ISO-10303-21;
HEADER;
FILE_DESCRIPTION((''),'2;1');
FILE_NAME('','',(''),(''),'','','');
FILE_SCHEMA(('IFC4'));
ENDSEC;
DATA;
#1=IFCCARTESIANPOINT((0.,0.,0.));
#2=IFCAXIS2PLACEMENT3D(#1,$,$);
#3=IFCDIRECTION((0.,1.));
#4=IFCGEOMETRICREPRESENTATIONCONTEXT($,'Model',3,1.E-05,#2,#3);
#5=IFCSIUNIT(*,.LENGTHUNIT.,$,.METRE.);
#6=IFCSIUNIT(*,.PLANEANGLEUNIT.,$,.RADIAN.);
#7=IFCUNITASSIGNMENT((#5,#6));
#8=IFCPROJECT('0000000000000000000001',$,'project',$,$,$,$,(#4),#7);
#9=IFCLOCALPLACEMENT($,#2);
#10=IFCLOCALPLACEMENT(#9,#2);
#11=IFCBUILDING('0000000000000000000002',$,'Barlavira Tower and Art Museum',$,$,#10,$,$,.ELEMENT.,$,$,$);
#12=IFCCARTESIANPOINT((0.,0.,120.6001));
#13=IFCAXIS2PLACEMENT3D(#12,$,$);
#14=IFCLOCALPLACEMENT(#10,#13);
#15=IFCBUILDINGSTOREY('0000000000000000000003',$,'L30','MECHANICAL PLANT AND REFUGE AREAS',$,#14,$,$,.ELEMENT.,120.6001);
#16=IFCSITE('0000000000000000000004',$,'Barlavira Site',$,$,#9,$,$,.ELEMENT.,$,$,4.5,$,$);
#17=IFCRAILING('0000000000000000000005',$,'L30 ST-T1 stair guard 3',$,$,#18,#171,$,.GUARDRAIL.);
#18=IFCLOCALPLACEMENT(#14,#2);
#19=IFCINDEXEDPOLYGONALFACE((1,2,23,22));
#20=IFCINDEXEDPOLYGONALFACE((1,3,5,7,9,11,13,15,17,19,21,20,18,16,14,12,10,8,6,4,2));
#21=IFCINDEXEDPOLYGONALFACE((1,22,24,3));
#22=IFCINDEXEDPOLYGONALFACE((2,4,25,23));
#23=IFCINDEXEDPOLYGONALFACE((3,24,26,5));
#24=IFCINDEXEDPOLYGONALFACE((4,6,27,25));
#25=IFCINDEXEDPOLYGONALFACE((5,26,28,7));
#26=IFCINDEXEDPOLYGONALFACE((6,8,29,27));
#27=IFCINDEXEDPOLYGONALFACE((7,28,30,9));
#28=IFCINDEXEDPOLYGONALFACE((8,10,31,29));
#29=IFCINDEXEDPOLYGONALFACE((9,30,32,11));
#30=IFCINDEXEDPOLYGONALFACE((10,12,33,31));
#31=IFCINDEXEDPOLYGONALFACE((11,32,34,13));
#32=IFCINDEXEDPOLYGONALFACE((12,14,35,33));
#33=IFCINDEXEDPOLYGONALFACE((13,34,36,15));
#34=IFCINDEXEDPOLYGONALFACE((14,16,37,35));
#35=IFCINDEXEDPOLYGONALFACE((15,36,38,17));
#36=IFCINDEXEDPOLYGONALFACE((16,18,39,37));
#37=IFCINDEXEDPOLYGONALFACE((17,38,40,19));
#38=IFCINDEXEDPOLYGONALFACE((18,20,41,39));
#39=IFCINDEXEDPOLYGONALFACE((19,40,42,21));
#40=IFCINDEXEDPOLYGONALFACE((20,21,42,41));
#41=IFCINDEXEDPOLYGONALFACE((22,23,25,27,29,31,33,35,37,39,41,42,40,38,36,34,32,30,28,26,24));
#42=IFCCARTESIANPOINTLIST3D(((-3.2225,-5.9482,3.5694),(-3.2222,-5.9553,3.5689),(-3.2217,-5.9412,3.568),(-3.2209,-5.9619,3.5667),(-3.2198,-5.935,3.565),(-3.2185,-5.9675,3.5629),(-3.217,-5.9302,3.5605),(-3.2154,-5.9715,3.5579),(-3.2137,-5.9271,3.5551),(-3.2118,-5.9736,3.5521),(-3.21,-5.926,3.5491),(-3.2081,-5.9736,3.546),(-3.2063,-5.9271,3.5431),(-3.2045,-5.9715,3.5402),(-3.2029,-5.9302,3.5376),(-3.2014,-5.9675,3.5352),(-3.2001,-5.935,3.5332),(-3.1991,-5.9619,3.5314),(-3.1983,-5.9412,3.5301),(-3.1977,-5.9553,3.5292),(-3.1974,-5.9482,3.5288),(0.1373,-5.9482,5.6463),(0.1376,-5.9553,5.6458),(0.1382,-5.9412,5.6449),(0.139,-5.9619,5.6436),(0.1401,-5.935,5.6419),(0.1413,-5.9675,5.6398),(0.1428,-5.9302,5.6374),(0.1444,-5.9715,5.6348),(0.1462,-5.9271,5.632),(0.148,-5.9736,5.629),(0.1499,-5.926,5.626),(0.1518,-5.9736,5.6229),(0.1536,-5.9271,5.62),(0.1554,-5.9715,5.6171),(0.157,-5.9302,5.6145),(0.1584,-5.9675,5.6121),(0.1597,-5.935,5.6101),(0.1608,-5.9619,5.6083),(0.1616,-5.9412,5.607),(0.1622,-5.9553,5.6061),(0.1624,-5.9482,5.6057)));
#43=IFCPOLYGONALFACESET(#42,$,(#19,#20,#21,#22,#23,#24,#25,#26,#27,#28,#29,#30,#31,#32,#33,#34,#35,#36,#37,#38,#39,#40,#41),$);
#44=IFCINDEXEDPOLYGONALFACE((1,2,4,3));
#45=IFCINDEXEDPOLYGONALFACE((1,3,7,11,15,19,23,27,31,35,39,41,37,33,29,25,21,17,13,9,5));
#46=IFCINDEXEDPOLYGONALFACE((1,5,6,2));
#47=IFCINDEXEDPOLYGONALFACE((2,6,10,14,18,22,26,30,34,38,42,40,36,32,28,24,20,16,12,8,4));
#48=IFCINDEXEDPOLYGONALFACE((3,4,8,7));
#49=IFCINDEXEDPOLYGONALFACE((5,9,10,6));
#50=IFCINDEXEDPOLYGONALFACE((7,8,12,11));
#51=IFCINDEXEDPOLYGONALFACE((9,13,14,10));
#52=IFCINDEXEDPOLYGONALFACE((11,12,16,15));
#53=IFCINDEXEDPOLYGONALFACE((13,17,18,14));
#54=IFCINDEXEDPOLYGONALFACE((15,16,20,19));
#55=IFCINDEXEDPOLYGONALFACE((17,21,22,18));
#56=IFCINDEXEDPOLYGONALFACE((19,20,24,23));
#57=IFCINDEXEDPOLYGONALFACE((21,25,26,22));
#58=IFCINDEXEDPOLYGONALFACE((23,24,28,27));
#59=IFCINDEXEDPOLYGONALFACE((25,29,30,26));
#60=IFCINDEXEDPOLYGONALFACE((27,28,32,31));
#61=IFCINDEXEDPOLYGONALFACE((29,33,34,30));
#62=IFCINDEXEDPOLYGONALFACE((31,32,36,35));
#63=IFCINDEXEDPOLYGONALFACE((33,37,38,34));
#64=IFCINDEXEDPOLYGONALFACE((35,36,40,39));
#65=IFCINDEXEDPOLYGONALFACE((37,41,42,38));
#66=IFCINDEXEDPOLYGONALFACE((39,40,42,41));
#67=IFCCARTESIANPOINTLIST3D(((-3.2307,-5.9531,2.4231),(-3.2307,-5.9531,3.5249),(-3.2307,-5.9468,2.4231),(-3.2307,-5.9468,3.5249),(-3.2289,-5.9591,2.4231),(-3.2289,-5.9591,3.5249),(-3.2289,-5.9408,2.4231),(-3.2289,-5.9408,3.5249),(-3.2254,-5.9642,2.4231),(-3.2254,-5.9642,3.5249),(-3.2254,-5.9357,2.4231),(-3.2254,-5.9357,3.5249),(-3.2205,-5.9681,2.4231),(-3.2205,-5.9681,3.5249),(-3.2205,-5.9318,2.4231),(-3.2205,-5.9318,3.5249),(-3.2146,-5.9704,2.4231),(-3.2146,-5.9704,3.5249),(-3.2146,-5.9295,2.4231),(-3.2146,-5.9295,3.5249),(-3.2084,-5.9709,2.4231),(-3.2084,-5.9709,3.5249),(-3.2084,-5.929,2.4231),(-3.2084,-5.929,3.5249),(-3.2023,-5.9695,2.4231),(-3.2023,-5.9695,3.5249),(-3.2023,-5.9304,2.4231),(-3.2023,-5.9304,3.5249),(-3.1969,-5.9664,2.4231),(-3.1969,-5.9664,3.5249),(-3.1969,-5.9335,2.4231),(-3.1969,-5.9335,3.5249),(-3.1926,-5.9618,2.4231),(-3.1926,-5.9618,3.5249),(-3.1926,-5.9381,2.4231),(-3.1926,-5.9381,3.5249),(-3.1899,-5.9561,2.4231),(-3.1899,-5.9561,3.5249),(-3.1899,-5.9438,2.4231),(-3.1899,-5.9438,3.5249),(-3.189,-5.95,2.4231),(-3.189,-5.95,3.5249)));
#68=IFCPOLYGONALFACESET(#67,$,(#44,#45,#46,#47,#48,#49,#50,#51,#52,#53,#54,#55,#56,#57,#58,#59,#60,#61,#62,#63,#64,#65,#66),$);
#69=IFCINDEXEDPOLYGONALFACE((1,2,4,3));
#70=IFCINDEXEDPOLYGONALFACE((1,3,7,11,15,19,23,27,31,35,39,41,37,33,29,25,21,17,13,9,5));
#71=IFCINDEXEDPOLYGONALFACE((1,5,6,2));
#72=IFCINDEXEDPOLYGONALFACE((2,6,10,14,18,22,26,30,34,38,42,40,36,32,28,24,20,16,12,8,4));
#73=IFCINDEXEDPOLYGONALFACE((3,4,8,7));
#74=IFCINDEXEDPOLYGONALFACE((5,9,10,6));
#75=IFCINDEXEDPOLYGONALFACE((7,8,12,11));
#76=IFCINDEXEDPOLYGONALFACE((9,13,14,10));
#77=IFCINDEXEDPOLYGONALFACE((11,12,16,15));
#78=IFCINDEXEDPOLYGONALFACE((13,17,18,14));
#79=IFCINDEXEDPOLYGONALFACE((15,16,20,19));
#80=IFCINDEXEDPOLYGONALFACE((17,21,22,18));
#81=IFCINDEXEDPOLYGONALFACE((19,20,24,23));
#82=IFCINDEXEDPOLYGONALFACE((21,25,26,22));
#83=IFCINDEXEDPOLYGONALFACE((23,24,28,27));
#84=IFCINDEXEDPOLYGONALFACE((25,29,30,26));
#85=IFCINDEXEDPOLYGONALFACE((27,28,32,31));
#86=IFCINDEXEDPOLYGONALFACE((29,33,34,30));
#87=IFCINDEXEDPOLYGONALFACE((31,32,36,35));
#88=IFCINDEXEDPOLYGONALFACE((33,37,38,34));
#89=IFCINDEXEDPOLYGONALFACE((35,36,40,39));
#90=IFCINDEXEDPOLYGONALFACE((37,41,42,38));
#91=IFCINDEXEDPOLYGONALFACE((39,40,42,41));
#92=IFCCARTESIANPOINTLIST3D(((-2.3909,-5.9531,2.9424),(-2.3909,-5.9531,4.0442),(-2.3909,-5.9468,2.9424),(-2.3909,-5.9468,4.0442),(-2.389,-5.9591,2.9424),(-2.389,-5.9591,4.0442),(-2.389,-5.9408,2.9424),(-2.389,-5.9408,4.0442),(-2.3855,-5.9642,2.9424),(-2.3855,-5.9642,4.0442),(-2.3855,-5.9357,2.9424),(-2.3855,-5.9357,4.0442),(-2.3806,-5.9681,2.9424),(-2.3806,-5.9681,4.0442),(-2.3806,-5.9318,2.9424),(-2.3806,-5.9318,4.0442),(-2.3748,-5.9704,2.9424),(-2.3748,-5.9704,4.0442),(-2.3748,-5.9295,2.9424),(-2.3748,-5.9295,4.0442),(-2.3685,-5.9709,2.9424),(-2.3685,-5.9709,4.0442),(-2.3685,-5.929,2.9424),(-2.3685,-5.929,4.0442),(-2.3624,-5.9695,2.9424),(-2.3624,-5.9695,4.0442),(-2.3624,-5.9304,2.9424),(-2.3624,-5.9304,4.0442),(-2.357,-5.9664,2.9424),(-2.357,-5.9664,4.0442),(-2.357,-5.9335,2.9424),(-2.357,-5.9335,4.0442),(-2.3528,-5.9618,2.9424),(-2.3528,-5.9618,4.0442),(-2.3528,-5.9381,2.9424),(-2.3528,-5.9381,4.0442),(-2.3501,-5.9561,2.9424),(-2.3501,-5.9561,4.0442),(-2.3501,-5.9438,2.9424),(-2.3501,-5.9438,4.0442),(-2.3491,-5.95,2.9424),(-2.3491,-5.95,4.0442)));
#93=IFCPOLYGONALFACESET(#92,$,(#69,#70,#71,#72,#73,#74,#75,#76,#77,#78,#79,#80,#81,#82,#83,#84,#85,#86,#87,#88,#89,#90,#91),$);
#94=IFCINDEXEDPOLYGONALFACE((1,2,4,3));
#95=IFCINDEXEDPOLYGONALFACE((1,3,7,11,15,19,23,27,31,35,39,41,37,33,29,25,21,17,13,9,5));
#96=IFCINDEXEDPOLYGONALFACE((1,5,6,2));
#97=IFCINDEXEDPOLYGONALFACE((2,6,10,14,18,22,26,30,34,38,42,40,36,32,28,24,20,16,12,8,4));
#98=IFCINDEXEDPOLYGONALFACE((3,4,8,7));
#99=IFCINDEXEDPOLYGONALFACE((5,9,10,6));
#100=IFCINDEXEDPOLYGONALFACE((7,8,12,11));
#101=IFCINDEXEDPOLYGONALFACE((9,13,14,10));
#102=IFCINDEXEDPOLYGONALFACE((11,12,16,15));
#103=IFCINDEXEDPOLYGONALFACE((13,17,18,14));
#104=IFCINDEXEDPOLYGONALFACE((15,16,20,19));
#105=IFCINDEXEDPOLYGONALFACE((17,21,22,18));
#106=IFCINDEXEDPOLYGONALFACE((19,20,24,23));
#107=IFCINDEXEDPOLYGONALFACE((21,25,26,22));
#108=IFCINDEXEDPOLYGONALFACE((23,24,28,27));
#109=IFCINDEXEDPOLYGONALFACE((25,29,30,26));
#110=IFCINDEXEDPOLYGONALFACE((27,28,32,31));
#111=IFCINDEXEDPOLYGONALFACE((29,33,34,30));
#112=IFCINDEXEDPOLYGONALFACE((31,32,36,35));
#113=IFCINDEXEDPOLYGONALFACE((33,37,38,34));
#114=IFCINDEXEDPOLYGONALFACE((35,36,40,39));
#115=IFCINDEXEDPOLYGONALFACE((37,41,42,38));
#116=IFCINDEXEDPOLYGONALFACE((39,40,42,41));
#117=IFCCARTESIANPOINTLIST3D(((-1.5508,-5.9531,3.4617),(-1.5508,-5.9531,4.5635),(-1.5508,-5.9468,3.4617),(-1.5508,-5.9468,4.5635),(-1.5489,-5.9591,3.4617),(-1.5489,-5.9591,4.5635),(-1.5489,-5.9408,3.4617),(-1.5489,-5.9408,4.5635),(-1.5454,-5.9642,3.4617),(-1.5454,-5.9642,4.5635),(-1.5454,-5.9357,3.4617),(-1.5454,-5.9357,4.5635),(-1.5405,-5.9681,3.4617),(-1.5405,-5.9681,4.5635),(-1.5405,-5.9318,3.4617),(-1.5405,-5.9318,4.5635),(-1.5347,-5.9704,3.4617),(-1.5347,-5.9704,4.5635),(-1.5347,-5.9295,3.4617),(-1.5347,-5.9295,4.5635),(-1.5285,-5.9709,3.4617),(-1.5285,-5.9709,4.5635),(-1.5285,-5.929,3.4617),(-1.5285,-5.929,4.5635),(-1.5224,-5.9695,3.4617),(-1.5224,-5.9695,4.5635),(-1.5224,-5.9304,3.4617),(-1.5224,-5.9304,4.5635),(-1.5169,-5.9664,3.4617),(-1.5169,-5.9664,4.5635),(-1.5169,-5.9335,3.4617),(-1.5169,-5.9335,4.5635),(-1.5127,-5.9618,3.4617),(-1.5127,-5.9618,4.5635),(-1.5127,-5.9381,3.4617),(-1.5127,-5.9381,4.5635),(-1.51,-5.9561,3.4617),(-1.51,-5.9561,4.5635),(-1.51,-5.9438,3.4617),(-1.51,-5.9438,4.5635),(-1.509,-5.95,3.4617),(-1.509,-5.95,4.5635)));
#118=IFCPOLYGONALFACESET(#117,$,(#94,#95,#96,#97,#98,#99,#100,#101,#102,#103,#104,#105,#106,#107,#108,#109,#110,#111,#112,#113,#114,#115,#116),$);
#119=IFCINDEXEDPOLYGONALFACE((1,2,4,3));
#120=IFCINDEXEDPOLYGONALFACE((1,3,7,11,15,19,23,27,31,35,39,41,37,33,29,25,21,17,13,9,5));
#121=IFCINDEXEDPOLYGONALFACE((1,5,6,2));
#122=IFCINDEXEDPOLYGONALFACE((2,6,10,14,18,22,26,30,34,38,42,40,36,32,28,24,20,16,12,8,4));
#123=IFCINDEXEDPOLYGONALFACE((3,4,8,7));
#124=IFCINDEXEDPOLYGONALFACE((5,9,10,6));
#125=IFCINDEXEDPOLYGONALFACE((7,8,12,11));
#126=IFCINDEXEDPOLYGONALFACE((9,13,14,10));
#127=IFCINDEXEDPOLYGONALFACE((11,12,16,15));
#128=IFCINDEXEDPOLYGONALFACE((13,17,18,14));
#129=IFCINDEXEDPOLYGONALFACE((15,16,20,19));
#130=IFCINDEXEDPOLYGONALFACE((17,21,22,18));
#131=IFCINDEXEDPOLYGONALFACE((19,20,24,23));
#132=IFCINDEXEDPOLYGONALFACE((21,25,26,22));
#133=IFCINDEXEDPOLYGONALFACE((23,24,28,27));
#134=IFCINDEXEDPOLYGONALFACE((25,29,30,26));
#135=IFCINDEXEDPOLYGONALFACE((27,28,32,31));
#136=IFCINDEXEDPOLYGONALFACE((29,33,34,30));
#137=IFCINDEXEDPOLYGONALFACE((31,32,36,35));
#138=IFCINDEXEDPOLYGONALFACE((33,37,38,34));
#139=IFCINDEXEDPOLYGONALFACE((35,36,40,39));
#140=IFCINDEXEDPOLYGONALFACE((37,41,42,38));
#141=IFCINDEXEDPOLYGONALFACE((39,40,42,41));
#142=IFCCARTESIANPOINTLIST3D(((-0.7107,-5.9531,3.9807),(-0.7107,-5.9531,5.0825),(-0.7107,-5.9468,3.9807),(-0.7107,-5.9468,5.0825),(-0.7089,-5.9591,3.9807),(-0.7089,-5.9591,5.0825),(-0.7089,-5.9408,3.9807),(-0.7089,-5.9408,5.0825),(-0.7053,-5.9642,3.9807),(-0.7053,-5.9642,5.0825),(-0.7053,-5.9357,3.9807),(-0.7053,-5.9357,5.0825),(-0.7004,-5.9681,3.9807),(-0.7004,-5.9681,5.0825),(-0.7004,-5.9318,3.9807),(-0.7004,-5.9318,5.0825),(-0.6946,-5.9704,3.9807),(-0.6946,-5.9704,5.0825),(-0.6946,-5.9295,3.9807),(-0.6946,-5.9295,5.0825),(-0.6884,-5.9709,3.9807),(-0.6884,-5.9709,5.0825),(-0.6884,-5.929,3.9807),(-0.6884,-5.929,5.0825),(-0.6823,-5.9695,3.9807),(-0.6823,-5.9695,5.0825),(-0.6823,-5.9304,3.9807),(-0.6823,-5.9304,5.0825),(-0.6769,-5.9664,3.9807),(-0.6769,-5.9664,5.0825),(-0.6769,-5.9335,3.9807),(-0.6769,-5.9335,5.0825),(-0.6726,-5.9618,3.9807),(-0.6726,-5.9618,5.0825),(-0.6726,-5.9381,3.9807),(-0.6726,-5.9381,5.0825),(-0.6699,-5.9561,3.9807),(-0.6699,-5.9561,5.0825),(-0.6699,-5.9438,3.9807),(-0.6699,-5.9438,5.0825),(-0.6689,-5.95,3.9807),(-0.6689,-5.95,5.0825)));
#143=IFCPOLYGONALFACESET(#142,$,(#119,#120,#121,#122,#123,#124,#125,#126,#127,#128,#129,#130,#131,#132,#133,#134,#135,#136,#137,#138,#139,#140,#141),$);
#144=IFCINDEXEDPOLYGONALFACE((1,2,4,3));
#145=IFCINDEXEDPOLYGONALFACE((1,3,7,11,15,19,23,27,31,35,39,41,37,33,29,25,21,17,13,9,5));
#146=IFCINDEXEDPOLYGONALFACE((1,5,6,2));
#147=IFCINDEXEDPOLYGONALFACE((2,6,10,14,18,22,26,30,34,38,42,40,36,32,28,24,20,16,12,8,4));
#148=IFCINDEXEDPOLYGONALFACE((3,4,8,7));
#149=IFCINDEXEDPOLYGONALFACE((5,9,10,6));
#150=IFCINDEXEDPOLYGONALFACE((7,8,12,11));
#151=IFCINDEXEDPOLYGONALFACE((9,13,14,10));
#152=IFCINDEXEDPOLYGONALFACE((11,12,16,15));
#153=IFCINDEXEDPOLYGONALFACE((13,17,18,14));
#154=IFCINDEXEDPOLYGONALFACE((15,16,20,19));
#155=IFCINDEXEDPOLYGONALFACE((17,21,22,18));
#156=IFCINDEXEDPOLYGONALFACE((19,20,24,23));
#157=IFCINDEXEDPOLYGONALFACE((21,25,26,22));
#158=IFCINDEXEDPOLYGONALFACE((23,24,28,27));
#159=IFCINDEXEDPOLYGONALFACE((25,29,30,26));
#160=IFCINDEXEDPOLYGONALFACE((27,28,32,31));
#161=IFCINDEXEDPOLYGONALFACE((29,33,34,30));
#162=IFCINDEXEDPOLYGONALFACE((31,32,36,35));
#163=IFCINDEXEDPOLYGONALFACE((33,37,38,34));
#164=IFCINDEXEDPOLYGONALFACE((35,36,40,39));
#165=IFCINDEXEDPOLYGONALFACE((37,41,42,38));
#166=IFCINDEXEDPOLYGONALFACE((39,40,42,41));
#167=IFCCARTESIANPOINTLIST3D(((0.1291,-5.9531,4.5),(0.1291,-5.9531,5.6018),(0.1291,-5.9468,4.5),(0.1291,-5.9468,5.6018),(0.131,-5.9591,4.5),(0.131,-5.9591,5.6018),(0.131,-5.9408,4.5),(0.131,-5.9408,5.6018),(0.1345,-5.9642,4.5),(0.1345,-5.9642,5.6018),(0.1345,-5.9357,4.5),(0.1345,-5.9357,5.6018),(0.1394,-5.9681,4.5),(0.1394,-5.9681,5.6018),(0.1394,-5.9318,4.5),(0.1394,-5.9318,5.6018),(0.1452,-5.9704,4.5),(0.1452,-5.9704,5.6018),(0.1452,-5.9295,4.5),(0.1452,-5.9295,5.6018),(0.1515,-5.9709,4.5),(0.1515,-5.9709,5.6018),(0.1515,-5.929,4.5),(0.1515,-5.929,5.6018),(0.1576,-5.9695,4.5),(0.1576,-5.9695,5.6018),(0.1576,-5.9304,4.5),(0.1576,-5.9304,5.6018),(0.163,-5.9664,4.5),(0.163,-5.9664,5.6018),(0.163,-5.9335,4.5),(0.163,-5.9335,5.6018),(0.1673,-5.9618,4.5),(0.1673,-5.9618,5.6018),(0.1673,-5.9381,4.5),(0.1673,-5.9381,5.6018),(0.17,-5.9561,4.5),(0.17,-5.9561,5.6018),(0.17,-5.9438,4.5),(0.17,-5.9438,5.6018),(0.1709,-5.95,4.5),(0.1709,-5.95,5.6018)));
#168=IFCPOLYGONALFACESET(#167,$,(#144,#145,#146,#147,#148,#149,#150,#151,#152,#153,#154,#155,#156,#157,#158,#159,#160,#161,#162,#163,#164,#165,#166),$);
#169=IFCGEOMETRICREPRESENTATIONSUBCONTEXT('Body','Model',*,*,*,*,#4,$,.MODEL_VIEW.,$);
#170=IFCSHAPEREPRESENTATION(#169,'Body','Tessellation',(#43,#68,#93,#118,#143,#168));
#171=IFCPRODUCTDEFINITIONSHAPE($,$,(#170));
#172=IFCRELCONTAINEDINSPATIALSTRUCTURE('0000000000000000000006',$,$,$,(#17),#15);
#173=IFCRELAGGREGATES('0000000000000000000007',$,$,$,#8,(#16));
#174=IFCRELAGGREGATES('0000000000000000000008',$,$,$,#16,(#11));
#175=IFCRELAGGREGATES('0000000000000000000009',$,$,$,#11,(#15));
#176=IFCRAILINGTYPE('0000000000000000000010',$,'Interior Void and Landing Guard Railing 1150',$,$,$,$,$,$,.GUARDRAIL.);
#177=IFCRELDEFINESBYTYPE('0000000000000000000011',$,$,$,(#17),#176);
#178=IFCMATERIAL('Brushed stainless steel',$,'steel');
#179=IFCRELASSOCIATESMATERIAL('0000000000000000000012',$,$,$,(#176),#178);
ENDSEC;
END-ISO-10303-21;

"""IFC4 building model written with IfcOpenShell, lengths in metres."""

from ifc_helpers import new_model, si_unit, direction, frame, origin, origin_2d, place, context, subcontext, project, spatial, circle, extrude, material, type_object, element, save


model = new_model("IFC4")

# Units and contexts
model_context = context("Model", 3, precision=1e-05, world=origin(), true_north=direction((0.0, 1.0)))
body_context = subcontext(model_context, "Body", "Model", "MODEL_VIEW")
ifc_project = project(units=[si_unit("LENGTHUNIT", "METRE"), si_unit("PLANEANGLEUNIT", "RADIAN")], contexts=[model_context])

# Site, building, storey
site_placement = place(None, origin())
site = spatial("IfcSite", under=ifc_project, at=site_placement, Name="Barlavira Site", CompositionType="ELEMENT", RefElevation=4.5)
building_placement = place(site_placement, origin())
building = spatial("IfcBuilding", under=site, at=building_placement, Name="Barlavira Tower and Art Museum", CompositionType="ELEMENT")
storey_placement = place(building_placement, frame((0.0, 0.0, 120.6001)))
storey = spatial("IfcBuildingStorey", under=building, at=storey_placement, Name="L30", Description="MECHANICAL PLANT AND REFUGE AREAS", CompositionType="ELEMENT", Elevation=120.6001)

# Shared definitions
ifc_material_1 = material(Name="Brushed stainless steel", Category="steel")

# Railing
railing_type_1 = type_object("IfcRailingType", Name="Interior Void and Landing Guard Railing 1150", PredefinedType="GUARDRAIL", material=ifc_material_1)
railing_1_placement = place(storey_placement, frame((-3.21, -5.95, 2.4231)))
element("IfcRailing", 1, at=railing_1_placement, inside=storey, type_object=railing_type_1, Name="L30 ST-T1 stair guard 3", PredefinedType="GUARDRAIL", context=body_context, shape_type="SweptSolid", body=[
    extrude(circle(Radius=0.0239, at=origin_2d()), frame((0.0, 0.0, 1.126), z_axis=(0.850606, 0.0, 0.525803), x_axis=(0.0, 1.0, 0.0)), (0.0, 0.0, 1.0), 3.95),
    extrude(circle(Radius=0.021, at=origin_2d()), origin(), (0.0, 0.0, 1.0), 1.1018),
    extrude(circle(Radius=0.021, at=origin_2d()), frame((0.8398, 0.0, 0.5193)), (0.0, 0.0, 1.0), 1.1018),
    extrude(circle(Radius=0.021, at=origin_2d()), frame((1.6799, 0.0, 1.0386)), (0.0, 0.0, 1.0), 1.1018),
    extrude(circle(Radius=0.021, at=origin_2d()), frame((2.52, 0.0, 1.5576)), (0.0, 0.0, 1.0), 1.1018),
    extrude(circle(Radius=0.021, at=origin_2d()), frame((3.3599, 0.0, 2.0769)), (0.0, 0.0, 1.0), 1.1018),
])

save(model, "model.ifc")
